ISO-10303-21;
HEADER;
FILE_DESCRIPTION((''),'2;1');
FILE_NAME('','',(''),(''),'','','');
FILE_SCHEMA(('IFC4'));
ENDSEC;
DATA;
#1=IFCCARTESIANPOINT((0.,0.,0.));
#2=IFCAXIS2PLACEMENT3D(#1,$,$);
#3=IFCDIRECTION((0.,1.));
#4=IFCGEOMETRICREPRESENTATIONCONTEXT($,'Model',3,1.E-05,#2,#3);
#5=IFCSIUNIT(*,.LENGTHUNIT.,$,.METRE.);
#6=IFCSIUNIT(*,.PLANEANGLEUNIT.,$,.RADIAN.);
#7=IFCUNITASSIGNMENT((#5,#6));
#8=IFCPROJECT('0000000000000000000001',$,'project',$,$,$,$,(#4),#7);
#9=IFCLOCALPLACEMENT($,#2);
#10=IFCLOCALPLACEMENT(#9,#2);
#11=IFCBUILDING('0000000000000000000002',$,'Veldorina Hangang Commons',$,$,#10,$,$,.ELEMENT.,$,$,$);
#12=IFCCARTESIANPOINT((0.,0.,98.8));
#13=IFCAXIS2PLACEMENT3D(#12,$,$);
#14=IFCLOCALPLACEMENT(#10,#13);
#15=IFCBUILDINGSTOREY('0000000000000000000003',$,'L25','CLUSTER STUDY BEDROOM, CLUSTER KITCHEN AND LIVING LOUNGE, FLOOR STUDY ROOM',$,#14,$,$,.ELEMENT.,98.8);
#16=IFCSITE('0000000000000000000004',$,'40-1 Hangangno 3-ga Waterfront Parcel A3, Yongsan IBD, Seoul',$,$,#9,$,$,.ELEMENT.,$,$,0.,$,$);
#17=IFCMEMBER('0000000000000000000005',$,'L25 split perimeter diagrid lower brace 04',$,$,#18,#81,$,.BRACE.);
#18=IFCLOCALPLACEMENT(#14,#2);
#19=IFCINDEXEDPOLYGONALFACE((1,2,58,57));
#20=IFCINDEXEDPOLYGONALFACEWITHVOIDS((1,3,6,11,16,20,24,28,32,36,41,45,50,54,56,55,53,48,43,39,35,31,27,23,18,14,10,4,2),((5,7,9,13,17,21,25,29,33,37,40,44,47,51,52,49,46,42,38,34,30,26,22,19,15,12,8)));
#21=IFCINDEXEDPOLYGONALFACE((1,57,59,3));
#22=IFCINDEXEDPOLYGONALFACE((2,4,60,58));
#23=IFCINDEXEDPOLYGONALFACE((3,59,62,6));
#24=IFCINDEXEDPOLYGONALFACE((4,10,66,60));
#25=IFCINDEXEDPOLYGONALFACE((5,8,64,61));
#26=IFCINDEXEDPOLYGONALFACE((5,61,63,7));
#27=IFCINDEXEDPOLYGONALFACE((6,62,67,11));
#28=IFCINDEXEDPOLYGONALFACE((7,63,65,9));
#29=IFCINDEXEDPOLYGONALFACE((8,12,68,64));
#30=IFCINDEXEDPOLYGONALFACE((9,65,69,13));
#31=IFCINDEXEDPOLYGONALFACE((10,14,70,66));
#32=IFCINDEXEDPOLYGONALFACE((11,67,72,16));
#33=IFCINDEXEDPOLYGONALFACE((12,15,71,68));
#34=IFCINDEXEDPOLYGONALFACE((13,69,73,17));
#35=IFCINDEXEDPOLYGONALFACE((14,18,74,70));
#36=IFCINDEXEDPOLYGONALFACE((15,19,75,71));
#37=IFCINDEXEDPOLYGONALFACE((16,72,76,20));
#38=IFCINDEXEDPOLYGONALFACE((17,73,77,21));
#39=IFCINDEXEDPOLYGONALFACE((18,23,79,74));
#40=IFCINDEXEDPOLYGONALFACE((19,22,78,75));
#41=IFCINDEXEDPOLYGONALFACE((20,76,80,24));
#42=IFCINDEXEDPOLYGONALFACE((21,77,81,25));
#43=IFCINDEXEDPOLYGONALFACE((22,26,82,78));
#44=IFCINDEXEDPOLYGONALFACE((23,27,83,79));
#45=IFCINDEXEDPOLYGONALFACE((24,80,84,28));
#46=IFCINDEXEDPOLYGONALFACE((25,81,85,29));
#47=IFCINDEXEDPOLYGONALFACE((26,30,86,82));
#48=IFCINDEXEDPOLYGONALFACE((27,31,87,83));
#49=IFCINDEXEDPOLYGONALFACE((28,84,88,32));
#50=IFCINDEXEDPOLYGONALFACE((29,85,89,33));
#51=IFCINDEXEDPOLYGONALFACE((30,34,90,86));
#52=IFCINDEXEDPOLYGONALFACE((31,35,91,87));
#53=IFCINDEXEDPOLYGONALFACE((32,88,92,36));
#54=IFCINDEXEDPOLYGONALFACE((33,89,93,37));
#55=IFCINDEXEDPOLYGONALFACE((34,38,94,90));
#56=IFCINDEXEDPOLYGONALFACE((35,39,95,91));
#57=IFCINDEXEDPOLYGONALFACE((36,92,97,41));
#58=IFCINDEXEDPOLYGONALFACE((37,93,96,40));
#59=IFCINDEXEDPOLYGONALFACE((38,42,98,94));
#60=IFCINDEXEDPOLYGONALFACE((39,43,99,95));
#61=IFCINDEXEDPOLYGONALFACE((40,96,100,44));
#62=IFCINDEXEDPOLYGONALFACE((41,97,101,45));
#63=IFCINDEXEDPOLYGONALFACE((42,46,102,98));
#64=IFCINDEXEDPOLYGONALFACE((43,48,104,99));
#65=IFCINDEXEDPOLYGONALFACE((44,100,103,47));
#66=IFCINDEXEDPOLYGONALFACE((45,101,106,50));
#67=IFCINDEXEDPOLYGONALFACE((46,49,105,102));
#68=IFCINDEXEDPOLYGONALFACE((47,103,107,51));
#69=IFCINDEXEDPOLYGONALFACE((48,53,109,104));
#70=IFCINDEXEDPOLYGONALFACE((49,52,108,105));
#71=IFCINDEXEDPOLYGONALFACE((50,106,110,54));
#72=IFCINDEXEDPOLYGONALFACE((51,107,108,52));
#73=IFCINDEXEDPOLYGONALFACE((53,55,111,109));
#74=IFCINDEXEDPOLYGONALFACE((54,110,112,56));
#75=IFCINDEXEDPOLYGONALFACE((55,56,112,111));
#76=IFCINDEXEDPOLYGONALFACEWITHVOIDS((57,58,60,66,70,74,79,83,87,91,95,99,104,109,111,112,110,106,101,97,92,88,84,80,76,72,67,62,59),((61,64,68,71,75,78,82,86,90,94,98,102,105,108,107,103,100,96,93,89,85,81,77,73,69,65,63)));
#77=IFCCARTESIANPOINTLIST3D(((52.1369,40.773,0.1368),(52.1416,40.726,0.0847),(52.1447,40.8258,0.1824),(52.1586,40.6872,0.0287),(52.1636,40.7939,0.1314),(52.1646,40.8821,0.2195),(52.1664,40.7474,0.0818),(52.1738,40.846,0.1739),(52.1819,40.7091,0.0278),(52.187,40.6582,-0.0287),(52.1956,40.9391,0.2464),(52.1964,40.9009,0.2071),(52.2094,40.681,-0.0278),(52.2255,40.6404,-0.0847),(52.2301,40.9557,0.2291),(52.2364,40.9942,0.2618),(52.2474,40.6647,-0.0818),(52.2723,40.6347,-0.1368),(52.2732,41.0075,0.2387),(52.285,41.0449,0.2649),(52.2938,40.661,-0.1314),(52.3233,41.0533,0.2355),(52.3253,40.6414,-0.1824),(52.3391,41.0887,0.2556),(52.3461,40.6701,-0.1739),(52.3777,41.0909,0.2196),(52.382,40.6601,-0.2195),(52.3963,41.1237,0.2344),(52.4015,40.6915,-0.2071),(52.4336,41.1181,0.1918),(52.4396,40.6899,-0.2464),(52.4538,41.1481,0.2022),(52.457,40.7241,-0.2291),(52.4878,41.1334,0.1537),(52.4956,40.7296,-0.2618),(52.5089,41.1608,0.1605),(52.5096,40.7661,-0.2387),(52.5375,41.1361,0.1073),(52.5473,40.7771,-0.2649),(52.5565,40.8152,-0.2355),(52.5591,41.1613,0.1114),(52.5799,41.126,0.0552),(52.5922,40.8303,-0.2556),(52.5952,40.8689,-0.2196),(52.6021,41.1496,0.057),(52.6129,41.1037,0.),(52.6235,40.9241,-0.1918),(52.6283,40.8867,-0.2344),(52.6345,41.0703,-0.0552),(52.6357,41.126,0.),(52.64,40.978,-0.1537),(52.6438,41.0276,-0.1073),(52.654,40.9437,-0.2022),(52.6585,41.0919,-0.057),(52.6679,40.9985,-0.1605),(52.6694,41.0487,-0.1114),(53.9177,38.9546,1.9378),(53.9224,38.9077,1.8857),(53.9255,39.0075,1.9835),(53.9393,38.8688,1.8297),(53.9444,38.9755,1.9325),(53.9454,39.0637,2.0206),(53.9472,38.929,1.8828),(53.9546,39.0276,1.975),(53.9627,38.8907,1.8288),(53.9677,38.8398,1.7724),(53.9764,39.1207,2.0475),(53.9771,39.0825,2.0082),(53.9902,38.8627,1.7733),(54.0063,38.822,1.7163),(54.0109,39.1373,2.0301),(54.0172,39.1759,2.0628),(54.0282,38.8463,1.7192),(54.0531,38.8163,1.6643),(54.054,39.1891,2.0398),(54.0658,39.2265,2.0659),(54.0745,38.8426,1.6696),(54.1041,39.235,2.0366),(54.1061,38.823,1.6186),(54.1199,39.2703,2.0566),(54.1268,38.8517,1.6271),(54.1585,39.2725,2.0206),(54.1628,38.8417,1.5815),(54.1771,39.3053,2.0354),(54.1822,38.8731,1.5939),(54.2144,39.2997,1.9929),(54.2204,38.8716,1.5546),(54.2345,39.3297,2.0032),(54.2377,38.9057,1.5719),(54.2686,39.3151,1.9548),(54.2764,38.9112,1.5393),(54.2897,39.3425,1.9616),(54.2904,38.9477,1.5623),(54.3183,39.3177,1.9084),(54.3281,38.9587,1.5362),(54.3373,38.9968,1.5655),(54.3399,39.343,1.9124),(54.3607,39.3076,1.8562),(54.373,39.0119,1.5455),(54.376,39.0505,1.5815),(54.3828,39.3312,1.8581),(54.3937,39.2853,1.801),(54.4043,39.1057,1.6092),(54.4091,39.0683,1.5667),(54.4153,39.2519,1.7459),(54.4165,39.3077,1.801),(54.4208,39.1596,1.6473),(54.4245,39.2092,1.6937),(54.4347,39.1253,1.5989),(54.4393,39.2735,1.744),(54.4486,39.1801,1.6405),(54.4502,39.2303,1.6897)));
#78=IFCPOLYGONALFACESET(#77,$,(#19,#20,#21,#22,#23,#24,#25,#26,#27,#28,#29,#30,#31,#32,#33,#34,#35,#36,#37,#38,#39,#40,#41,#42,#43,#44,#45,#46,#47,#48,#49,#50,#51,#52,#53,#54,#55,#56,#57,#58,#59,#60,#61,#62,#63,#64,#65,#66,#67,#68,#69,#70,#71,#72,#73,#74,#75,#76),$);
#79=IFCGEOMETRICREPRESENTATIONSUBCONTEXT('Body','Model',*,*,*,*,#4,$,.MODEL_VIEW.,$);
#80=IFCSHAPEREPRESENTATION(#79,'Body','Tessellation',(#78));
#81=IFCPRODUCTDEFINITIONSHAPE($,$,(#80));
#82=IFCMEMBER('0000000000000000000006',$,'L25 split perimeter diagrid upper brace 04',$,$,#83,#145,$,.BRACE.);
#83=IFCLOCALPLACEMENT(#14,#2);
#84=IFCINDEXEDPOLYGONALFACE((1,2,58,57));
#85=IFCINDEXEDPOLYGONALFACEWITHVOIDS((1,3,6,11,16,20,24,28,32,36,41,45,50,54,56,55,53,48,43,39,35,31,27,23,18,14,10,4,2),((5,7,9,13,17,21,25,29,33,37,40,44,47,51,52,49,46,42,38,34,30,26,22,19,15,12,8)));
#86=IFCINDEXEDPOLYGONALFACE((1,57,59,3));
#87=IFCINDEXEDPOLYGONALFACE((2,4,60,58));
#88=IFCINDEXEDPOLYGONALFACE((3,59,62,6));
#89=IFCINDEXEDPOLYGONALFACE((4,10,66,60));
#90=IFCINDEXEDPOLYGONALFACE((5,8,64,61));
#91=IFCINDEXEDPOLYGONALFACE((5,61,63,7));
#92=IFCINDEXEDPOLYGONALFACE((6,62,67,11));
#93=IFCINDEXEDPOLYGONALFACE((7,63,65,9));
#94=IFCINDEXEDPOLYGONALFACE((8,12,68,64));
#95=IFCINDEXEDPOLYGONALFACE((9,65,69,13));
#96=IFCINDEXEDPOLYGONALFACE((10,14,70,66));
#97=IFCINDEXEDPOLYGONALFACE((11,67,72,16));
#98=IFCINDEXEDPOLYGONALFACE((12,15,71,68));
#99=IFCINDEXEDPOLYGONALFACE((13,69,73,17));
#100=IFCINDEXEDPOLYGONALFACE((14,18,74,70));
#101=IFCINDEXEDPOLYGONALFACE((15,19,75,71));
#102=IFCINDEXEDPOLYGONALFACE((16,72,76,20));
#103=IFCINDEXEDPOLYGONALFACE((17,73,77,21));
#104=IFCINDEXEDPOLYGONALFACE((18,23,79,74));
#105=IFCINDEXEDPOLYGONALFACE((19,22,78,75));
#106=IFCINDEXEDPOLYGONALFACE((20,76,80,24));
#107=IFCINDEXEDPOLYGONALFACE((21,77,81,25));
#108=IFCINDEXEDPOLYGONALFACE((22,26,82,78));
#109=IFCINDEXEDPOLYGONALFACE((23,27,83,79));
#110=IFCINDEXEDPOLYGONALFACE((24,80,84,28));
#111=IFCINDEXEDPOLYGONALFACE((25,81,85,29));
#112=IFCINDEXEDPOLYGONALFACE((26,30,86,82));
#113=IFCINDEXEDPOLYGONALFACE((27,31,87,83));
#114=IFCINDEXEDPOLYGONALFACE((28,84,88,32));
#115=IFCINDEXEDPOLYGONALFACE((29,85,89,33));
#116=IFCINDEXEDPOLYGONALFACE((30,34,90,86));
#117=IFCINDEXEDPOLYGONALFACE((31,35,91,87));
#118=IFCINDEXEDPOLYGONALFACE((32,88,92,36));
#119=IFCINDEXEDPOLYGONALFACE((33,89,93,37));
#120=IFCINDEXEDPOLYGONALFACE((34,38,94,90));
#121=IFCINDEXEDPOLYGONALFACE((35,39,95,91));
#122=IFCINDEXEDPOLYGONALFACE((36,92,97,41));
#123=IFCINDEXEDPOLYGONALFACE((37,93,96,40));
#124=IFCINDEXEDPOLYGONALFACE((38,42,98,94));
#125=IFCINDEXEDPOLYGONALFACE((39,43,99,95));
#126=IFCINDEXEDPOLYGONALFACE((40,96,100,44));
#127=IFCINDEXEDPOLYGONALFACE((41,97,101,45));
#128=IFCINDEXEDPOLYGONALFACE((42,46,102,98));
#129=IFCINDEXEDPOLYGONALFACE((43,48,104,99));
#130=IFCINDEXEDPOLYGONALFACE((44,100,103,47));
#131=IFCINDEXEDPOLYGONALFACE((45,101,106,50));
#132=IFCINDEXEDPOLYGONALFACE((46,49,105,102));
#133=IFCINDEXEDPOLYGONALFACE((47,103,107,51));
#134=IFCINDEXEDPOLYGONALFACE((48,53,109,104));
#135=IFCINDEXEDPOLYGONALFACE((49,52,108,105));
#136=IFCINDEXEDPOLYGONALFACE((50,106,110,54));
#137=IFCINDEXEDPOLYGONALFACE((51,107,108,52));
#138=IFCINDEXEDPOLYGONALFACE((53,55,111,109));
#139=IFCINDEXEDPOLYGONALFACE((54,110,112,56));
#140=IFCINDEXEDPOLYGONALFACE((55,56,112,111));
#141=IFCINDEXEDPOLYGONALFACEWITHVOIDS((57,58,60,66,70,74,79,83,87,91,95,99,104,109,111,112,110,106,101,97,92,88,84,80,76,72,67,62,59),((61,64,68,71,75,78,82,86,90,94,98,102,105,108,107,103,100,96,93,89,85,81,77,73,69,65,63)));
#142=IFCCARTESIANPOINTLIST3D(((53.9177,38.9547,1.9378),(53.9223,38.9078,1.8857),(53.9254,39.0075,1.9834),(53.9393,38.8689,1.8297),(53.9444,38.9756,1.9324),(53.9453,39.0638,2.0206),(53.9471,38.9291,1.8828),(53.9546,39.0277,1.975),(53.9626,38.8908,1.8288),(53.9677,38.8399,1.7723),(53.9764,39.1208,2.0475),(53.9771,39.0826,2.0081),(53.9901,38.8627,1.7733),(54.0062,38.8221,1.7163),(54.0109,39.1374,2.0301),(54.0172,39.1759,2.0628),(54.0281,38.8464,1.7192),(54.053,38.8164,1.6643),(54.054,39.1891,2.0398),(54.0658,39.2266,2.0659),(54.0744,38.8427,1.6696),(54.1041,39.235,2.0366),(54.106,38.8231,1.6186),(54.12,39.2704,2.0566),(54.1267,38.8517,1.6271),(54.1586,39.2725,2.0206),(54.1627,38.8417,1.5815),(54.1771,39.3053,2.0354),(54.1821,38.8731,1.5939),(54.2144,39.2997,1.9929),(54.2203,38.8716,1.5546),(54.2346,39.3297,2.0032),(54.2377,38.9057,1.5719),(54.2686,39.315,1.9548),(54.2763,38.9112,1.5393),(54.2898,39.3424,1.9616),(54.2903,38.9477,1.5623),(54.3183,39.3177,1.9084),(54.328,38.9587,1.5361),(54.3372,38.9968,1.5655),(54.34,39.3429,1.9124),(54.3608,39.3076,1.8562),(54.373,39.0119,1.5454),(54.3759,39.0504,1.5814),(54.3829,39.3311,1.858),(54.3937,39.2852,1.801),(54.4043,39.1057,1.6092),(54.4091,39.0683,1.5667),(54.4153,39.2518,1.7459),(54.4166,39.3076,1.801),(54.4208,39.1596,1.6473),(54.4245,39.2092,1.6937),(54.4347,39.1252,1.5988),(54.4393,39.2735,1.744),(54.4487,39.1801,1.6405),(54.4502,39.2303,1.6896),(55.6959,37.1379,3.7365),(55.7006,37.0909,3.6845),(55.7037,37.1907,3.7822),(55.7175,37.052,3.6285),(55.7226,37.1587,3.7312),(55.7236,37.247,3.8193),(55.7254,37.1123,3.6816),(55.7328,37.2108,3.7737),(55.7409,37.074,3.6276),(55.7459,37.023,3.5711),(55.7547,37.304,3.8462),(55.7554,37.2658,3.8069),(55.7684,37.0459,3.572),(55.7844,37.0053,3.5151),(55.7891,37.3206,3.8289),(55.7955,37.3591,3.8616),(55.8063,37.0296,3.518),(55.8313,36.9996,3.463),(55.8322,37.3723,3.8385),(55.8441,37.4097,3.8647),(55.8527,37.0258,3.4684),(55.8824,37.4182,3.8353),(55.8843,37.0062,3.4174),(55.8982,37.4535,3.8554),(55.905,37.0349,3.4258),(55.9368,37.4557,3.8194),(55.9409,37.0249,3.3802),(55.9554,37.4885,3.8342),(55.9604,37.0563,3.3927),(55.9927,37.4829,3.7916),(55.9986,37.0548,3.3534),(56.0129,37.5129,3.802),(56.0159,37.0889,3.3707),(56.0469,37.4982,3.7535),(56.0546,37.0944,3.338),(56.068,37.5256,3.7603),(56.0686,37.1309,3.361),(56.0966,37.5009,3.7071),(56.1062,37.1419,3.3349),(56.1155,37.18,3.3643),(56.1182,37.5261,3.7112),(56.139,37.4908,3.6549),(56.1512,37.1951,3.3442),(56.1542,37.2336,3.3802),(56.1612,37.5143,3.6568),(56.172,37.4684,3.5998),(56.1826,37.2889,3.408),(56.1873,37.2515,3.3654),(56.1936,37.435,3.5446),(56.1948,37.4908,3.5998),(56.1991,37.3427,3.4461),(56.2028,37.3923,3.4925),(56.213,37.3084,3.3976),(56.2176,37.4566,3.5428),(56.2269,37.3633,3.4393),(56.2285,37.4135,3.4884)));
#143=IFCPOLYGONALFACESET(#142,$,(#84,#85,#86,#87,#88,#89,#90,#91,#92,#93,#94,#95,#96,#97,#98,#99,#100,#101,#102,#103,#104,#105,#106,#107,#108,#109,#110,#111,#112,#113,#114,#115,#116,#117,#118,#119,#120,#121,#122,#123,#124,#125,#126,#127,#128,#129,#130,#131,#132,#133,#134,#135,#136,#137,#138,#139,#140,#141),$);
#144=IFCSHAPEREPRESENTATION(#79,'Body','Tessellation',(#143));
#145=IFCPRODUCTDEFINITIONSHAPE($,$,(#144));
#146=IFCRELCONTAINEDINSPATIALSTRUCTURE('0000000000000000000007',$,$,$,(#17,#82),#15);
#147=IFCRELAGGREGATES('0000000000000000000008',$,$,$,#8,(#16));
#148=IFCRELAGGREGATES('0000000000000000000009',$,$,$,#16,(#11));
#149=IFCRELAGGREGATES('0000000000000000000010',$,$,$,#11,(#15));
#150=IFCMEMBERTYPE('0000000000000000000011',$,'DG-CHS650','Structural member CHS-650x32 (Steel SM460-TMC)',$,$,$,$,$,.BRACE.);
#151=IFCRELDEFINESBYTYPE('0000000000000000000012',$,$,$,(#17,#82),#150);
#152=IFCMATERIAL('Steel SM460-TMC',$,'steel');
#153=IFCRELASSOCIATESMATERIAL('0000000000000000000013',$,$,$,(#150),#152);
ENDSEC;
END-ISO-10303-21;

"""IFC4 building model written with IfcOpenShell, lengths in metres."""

from ifc_helpers import new_model, si_unit, direction, frame, origin, origin_2d, place, context, subcontext, project, spatial, hollow_circle, extrude, material, material_profile, profile_set, type_object, element, save


model = new_model("IFC4")

# Units and contexts
model_context = context("Model", 3, precision=1e-05, world=origin(), true_north=direction((0.0, 1.0)))
body_context = subcontext(model_context, "Body", "Model", "MODEL_VIEW")
ifc_project = project(units=[si_unit("LENGTHUNIT", "METRE"), si_unit("PLANEANGLEUNIT", "RADIAN")], contexts=[model_context])

# Site, building, storey
site_placement = place(None, origin())
site = spatial("IfcSite", under=ifc_project, at=site_placement, Name="40-1 Hangangno 3-ga Waterfront Parcel A3, Yongsan IBD, Seoul", CompositionType="ELEMENT", RefElevation=0.0)
building_placement = place(site_placement, origin())
building = spatial("IfcBuilding", under=site, at=building_placement, Name="Veldorina Hangang Commons", CompositionType="ELEMENT")
storey_placement = place(building_placement, frame((0.0, 0.0, 98.8)))
storey = spatial("IfcBuildingStorey", under=building, at=storey_placement, Name="L25", Description="CLUSTER STUDY BEDROOM, CLUSTER KITCHEN AND LIVING LOUNGE, FLOOR STUDY ROOM", CompositionType="ELEMENT", Elevation=98.8)

# Members
ifc_material_1 = material(Name="Steel SM460-TMC", Category="steel")
ifc_material_profile_1 = material_profile(ifc_material_1, hollow_circle(Radius=0.325, WallThickness=0.032, at=origin_2d()), Name="CHS-650x32")
ifc_profile_set_1 = profile_set([ifc_material_profile_1], Name="Steel SM460-TMC")
member_type = type_object("IfcMemberType", Name="DG-CHS650", Description="Structural member CHS-650x32 (Steel SM460-TMC)", PredefinedType="BRACE", material=ifc_profile_set_1)
member_1_placement = place(storey_placement, frame((52.4036, 40.8987, 0.0), z_axis=(0.571143, -0.583202, 0.577642), x_axis=(0.714454, 0.699682, 0.0)))
element("IfcMember", 1, at=member_1_placement, inside=storey, type_object=member_type, Name="L25 split perimeter diagrid lower brace 04", PredefinedType="BRACE", context=body_context, shape_type="SweptSolid", body=[
    extrude(hollow_circle(Radius=0.325, WallThickness=0.032, at=origin_2d()), origin(), (0.0, 0.0, 1.0), 3.1179),
])
member_2_placement = place(storey_placement, frame((54.1843, 39.0803, 1.801), z_axis=(0.571005, -0.58339, 0.577589), x_axis=(0.714652, 0.69948, 0.0)))
element("IfcMember", 2, at=member_2_placement, inside=storey, type_object=member_type, Name="L25 split perimeter diagrid upper brace 04", PredefinedType="BRACE", context=body_context, shape_type="SweptSolid", body=[
    extrude(hollow_circle(Radius=0.325, WallThickness=0.032, at=origin_2d()), origin(), (0.0, 0.0, 1.0), 3.1143),
])

save(model, "model.ifc")
